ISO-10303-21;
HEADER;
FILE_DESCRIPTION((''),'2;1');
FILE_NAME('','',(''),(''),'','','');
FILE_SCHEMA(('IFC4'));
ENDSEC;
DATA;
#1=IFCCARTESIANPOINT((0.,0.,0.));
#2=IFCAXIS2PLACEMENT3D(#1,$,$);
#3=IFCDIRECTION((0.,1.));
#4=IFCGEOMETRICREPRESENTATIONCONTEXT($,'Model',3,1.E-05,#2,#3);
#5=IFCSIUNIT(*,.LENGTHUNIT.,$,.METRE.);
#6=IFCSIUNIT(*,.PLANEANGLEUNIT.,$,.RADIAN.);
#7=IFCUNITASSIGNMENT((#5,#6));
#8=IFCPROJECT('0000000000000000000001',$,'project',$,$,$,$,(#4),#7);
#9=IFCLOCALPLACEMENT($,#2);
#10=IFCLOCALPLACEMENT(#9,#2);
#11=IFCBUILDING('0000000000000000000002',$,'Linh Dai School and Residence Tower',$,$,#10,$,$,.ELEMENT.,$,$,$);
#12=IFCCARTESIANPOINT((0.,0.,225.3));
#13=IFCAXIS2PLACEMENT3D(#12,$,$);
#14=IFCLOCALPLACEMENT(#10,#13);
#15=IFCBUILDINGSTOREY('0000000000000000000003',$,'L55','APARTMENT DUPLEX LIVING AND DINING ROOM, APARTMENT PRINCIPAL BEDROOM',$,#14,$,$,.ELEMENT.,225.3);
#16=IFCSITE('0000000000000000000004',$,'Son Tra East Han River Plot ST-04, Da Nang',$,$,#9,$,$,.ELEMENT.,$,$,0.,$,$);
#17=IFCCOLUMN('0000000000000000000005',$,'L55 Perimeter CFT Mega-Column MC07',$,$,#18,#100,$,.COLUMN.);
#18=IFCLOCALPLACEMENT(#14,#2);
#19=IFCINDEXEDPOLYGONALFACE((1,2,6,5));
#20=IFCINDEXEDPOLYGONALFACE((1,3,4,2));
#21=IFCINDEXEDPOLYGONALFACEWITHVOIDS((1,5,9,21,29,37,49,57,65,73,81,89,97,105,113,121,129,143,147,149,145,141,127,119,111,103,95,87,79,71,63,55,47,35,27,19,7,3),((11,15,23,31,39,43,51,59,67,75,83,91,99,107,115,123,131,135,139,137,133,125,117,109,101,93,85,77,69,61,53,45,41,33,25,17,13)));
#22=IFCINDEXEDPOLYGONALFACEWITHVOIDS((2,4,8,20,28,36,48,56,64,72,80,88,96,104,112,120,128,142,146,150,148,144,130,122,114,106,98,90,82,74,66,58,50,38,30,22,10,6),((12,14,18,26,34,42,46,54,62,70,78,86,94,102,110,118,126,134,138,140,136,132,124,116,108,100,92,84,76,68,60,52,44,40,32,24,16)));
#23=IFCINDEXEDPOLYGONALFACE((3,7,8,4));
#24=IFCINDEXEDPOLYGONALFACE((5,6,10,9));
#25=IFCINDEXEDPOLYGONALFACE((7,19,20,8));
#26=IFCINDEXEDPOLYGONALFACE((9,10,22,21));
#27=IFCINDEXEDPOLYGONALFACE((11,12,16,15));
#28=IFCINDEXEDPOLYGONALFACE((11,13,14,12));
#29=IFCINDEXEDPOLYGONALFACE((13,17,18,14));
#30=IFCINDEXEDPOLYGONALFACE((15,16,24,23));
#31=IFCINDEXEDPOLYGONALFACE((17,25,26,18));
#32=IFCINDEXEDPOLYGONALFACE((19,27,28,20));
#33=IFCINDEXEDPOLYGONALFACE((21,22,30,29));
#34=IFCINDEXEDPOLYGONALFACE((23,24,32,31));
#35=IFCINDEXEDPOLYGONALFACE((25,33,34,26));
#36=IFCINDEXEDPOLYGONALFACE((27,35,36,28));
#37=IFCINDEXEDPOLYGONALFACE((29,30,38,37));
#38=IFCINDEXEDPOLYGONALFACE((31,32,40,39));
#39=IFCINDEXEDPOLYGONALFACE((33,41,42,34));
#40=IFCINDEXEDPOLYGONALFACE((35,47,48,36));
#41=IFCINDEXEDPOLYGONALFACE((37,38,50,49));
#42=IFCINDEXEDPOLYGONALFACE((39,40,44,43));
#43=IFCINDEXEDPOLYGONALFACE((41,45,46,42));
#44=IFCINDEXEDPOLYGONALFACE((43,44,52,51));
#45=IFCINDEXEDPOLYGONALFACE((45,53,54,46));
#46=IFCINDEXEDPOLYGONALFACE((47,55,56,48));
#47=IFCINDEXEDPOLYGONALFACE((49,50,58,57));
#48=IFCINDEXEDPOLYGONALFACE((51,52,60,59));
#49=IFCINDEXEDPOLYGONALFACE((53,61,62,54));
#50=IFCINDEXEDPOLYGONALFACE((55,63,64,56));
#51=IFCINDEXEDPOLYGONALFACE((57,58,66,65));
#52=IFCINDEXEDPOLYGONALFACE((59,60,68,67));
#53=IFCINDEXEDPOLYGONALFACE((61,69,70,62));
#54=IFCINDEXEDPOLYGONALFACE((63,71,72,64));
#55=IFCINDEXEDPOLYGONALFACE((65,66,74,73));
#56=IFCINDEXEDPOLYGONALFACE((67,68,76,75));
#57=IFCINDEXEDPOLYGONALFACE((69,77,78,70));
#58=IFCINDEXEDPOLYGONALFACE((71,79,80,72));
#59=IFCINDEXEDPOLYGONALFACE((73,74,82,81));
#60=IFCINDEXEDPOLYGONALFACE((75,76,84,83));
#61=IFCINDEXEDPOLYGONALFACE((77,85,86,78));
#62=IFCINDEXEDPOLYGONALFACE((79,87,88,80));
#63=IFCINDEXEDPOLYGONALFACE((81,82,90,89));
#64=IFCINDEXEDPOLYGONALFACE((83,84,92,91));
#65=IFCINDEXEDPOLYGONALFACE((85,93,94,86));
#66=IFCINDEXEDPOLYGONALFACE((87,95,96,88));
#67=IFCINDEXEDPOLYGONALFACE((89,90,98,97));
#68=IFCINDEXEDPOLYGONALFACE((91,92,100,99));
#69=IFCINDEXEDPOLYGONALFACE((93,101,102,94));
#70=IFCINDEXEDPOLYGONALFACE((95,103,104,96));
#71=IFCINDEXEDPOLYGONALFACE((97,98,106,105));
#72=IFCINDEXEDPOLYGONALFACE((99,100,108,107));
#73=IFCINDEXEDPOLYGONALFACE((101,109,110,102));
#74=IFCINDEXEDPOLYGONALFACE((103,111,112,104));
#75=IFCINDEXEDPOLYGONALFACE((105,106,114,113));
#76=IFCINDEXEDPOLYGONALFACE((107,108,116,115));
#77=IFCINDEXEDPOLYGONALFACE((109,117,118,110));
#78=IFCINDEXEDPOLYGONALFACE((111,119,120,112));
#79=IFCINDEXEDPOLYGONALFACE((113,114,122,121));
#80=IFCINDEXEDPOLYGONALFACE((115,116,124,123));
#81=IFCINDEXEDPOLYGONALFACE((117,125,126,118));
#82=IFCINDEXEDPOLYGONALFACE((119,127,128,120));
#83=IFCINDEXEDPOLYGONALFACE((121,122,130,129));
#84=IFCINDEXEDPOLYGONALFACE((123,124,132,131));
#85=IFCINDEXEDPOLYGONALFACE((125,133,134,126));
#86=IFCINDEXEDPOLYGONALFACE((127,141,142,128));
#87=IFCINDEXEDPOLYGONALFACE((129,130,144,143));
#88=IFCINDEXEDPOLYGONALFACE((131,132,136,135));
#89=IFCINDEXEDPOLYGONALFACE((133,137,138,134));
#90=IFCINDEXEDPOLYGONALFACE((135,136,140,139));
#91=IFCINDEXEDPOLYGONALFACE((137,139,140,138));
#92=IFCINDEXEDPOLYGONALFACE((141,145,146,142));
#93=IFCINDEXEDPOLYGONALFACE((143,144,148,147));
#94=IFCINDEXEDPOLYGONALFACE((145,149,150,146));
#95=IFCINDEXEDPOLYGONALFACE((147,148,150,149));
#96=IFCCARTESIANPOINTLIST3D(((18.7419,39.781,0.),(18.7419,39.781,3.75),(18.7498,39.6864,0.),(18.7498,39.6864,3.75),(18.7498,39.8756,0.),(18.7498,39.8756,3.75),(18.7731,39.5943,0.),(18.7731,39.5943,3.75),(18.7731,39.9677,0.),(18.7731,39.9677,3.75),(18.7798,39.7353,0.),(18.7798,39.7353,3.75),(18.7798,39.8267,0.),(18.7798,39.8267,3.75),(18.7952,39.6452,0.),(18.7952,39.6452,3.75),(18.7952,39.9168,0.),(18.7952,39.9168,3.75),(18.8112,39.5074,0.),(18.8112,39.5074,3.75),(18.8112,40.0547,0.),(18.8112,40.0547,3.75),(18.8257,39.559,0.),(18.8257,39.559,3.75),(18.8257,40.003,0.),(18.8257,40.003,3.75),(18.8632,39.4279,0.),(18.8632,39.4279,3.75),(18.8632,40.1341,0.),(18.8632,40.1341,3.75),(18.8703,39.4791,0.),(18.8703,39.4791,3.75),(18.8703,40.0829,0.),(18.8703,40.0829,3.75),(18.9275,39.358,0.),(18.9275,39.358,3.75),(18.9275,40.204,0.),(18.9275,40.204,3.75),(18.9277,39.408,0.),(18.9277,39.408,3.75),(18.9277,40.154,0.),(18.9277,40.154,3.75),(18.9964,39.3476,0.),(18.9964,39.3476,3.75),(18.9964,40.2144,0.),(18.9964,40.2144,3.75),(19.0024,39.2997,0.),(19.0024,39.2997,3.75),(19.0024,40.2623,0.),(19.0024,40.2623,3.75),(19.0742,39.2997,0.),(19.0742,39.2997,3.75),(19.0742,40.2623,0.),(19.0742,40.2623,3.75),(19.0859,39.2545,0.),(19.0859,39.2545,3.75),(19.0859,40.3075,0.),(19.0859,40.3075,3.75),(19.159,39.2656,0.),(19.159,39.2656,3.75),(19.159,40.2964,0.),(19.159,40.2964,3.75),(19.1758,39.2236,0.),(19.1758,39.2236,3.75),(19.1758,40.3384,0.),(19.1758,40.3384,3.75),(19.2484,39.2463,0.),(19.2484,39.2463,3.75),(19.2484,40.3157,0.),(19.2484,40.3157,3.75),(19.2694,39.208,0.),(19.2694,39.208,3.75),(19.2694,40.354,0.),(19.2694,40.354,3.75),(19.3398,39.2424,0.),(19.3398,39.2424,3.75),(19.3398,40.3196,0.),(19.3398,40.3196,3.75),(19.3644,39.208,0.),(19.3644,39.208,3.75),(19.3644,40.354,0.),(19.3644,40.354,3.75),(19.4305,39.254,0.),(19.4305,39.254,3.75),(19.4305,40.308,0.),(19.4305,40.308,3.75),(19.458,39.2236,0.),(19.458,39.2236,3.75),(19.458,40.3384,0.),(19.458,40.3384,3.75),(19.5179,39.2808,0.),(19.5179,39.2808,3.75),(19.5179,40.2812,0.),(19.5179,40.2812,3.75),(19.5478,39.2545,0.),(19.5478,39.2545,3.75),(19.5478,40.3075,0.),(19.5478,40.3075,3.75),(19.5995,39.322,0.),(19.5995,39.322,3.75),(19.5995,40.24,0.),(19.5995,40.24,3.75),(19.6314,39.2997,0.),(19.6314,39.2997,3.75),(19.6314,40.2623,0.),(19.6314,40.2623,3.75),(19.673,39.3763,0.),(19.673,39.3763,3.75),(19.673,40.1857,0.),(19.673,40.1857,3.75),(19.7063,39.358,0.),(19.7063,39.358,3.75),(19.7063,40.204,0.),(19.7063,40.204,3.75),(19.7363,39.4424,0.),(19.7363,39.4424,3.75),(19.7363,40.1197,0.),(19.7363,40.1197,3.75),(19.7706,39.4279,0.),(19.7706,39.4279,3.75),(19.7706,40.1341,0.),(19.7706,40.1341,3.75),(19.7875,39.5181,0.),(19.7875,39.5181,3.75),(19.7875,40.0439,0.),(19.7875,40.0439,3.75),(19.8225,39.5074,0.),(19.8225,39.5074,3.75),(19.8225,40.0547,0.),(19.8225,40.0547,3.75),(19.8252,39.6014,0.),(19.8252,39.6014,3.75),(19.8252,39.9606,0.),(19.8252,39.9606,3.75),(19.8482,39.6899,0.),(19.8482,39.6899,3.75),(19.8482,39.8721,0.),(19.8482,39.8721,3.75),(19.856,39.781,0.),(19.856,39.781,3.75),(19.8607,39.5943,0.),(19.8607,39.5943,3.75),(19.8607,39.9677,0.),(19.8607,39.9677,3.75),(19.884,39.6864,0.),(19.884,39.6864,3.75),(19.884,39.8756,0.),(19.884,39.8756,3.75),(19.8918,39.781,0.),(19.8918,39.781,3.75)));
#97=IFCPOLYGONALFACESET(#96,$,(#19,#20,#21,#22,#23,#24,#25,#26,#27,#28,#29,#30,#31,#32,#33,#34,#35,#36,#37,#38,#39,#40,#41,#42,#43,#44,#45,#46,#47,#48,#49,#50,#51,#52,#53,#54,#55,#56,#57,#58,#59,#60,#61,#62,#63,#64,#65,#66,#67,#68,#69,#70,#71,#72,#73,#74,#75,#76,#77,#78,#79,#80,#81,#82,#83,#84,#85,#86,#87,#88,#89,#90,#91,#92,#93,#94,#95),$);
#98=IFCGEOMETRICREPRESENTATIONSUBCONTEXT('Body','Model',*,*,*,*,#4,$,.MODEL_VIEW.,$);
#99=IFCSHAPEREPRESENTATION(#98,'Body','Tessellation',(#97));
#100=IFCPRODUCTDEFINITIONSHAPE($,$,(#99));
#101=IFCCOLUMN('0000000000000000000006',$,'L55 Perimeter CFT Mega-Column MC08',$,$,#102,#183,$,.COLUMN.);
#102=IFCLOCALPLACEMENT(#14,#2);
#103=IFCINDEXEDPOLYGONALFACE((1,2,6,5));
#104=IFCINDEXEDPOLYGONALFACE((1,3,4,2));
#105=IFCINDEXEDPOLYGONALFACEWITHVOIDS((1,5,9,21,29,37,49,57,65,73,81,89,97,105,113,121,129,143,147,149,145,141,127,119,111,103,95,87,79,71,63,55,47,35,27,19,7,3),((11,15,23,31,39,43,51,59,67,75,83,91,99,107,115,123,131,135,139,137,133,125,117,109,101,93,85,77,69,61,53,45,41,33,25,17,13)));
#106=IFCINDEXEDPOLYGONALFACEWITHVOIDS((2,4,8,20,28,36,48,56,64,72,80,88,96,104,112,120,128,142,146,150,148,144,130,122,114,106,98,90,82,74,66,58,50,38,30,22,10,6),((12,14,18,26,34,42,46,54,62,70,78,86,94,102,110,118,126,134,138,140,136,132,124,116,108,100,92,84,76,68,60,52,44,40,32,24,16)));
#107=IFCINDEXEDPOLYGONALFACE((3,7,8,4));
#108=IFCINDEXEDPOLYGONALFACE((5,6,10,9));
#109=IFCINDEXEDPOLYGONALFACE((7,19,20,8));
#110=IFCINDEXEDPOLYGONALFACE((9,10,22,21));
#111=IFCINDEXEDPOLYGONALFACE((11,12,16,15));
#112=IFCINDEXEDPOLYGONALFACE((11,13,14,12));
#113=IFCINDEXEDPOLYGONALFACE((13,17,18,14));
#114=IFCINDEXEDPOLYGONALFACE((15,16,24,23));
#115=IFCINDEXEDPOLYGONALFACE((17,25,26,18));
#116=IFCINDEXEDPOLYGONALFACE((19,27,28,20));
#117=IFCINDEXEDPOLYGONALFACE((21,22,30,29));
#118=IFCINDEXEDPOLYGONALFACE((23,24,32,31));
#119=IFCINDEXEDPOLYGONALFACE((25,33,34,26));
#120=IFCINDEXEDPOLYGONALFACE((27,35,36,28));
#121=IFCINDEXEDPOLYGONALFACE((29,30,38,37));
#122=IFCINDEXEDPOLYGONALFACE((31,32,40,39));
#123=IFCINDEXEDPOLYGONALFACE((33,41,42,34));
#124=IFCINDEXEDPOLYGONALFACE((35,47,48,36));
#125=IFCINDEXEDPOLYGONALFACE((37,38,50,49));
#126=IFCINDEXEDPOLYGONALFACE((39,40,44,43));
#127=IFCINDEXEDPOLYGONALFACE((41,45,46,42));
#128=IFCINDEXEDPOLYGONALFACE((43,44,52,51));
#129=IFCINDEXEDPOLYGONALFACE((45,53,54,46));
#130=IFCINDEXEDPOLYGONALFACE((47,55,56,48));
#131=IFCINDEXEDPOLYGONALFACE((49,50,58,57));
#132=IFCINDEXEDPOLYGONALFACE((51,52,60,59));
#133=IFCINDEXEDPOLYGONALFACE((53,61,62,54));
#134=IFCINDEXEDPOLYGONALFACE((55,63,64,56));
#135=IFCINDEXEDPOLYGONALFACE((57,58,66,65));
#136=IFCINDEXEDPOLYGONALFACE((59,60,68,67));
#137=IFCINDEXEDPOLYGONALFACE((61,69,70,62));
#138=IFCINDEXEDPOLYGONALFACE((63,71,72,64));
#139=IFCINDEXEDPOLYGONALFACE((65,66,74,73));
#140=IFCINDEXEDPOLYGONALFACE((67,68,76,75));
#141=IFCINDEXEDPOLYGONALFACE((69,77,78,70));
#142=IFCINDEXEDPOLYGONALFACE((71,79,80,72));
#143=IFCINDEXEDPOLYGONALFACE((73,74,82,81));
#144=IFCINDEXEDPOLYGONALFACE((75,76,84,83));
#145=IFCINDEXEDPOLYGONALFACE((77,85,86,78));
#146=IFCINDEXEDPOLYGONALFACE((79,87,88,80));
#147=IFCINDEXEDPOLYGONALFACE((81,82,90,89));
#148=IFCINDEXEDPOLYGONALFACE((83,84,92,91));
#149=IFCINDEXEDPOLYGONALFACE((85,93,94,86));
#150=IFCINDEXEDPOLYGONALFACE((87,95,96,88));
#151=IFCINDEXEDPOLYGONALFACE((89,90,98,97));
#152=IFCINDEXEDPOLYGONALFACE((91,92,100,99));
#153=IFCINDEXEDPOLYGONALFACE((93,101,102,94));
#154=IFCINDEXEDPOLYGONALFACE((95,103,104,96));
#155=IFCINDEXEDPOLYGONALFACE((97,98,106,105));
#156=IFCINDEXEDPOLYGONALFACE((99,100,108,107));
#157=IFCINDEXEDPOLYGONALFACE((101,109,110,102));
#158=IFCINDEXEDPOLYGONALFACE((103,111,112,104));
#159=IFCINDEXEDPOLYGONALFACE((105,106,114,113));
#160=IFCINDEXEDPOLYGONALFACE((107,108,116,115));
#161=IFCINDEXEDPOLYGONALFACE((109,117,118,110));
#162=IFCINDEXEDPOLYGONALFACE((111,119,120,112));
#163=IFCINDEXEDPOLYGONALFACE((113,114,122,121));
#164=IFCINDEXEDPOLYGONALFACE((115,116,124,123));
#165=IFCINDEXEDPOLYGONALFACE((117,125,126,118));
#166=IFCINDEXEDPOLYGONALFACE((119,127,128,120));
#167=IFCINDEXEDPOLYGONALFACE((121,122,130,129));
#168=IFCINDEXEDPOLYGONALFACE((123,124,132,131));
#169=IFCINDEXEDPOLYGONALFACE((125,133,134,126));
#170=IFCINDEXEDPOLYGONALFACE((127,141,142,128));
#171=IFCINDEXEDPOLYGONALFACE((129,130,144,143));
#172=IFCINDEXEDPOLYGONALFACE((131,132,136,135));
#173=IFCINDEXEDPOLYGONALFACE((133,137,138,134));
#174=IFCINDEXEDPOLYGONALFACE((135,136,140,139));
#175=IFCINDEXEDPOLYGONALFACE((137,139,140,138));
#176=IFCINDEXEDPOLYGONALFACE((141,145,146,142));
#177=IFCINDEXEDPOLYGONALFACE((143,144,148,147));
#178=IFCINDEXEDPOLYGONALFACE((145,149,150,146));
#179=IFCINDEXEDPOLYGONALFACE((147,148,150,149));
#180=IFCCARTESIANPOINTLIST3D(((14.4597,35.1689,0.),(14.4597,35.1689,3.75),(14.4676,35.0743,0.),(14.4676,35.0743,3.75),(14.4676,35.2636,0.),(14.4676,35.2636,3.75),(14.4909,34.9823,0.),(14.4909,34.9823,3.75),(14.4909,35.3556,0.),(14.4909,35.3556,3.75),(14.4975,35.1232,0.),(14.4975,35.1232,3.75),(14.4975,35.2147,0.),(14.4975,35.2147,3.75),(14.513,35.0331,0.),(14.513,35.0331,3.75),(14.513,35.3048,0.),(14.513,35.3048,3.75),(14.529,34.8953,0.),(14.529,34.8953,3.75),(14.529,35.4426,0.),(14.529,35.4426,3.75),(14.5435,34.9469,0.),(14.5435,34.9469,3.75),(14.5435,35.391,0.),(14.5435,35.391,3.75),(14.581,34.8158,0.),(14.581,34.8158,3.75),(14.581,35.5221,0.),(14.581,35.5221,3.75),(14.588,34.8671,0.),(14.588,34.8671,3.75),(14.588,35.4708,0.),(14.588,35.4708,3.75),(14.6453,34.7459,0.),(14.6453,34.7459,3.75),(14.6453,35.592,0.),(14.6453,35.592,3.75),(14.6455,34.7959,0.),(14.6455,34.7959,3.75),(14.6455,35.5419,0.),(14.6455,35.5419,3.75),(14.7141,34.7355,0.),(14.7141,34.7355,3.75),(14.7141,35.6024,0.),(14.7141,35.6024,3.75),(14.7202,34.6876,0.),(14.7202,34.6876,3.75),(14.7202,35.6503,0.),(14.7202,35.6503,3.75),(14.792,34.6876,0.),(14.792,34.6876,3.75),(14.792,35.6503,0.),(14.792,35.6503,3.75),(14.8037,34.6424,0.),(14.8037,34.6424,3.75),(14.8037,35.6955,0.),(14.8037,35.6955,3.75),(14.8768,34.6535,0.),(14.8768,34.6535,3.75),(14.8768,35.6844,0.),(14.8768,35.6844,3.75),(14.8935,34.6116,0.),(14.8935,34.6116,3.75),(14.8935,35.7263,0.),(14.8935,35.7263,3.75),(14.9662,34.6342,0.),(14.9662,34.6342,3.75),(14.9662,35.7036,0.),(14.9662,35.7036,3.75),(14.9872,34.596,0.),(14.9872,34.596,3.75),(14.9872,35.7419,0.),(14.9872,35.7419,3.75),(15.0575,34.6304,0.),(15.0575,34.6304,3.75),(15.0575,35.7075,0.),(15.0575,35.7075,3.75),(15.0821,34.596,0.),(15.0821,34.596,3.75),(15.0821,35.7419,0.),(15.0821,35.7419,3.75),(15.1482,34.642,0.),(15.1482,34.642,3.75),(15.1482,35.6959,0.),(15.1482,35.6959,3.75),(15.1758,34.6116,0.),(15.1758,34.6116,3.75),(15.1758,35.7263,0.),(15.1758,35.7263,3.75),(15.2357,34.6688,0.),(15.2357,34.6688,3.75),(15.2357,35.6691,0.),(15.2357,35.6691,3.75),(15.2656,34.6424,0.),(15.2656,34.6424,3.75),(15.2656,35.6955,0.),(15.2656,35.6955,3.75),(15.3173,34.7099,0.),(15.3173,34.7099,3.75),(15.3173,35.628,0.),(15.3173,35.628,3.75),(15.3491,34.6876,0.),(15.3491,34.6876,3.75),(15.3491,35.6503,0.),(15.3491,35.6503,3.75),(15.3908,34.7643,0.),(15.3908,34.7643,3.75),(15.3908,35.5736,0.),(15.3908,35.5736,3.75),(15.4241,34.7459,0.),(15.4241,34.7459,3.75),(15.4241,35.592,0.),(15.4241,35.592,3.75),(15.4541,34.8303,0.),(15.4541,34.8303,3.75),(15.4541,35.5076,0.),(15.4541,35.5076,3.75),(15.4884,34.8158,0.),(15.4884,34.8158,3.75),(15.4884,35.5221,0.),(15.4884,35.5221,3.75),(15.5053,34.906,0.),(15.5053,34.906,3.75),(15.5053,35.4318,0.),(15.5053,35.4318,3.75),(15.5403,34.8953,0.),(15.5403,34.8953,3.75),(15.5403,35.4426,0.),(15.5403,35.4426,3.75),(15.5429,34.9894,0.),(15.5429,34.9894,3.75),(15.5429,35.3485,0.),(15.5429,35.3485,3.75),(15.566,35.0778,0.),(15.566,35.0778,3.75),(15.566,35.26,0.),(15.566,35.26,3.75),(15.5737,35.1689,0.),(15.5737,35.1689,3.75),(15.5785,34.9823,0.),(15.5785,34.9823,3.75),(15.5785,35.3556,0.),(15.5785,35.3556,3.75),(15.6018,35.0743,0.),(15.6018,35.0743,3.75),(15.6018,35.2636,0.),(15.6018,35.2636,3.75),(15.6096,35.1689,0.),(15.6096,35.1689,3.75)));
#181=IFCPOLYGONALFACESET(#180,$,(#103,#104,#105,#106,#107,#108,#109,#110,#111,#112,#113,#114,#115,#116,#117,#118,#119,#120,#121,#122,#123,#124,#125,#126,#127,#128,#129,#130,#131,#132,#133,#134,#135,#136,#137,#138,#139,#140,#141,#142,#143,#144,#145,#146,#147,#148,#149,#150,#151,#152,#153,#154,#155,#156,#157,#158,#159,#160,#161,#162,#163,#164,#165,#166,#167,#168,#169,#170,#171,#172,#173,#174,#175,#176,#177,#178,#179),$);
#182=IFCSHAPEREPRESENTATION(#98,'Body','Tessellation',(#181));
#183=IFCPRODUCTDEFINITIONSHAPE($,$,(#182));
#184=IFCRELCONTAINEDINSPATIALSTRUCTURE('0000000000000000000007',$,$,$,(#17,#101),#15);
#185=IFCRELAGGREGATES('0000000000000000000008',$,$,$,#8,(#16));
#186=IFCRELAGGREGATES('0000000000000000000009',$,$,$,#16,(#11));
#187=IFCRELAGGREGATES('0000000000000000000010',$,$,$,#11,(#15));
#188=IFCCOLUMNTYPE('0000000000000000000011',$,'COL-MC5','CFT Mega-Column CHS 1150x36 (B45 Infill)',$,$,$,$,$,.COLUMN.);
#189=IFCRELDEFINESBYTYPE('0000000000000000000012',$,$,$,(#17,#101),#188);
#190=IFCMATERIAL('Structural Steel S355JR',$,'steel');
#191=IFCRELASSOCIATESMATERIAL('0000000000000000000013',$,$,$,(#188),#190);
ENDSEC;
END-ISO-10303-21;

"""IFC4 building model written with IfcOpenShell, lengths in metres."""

from ifc_helpers import new_model, si_unit, direction, frame, origin, origin_2d, place, context, subcontext, project, spatial, hollow_circle, extrude, material, material_profile, profile_set, type_object, element, save


model = new_model("IFC4")

# Units and contexts
model_context = context("Model", 3, precision=1e-05, world=origin(), true_north=direction((0.0, 1.0)))
body_context = subcontext(model_context, "Body", "Model", "MODEL_VIEW")
ifc_project = project(units=[si_unit("LENGTHUNIT", "METRE"), si_unit("PLANEANGLEUNIT", "RADIAN")], contexts=[model_context])

# Site, building, storey
site_placement = place(None, origin())
site = spatial("IfcSite", under=ifc_project, at=site_placement, Name="Son Tra East Han River Plot ST-04, Da Nang", CompositionType="ELEMENT", RefElevation=0.0)
building_placement = place(site_placement, origin())
building = spatial("IfcBuilding", under=site, at=building_placement, Name="Linh Dai School and Residence Tower", CompositionType="ELEMENT")
storey_placement = place(building_placement, frame((0.0, 0.0, 225.3)))
storey = spatial("IfcBuildingStorey", under=building, at=storey_placement, Name="L55", Description="APARTMENT DUPLEX LIVING AND DINING ROOM, APARTMENT PRINCIPAL BEDROOM", CompositionType="ELEMENT", Elevation=225.3)

# Columns
ifc_material_1 = material(Name="Structural Steel S355JR", Category="steel")
ifc_material_profile_1 = material_profile(ifc_material_1, hollow_circle(Radius=0.575, WallThickness=0.0359, at=origin_2d()), Name="CHS 1150x36")
ifc_profile_set_1 = profile_set([ifc_material_profile_1], Name="Structural Steel S355JR")
column_type = type_object("IfcColumnType", Name="COL-MC5", Description="CFT Mega-Column CHS 1150x36 (B45 Infill)", PredefinedType="COLUMN", material=ifc_profile_set_1)
for number, where, z_axis, x_axis, name in (
    (1, (19.3169, 39.781, 0.0), (0.0, 0.0, 1.0), (1.0, 0.0, 0.0), "L55 Perimeter CFT Mega-Column MC07"),
    (2, (15.0347, 35.1689, 0.0), (0.0, 0.0, 1.0), (1.0, 0.0, 0.0), "L55 Perimeter CFT Mega-Column MC08"),
):
    element("IfcColumn", number, at=place(storey_placement, frame(where, z_axis=z_axis, x_axis=x_axis)), inside=storey, type_object=column_type, Name=name, PredefinedType="COLUMN", context=body_context, shape_type="SweptSolid", body=[
        extrude(hollow_circle(Radius=0.575, WallThickness=0.0359, at=origin_2d()), origin(), (0.0, 0.0, 1.0), 3.75),
    ])

save(model, "model.ifc")
